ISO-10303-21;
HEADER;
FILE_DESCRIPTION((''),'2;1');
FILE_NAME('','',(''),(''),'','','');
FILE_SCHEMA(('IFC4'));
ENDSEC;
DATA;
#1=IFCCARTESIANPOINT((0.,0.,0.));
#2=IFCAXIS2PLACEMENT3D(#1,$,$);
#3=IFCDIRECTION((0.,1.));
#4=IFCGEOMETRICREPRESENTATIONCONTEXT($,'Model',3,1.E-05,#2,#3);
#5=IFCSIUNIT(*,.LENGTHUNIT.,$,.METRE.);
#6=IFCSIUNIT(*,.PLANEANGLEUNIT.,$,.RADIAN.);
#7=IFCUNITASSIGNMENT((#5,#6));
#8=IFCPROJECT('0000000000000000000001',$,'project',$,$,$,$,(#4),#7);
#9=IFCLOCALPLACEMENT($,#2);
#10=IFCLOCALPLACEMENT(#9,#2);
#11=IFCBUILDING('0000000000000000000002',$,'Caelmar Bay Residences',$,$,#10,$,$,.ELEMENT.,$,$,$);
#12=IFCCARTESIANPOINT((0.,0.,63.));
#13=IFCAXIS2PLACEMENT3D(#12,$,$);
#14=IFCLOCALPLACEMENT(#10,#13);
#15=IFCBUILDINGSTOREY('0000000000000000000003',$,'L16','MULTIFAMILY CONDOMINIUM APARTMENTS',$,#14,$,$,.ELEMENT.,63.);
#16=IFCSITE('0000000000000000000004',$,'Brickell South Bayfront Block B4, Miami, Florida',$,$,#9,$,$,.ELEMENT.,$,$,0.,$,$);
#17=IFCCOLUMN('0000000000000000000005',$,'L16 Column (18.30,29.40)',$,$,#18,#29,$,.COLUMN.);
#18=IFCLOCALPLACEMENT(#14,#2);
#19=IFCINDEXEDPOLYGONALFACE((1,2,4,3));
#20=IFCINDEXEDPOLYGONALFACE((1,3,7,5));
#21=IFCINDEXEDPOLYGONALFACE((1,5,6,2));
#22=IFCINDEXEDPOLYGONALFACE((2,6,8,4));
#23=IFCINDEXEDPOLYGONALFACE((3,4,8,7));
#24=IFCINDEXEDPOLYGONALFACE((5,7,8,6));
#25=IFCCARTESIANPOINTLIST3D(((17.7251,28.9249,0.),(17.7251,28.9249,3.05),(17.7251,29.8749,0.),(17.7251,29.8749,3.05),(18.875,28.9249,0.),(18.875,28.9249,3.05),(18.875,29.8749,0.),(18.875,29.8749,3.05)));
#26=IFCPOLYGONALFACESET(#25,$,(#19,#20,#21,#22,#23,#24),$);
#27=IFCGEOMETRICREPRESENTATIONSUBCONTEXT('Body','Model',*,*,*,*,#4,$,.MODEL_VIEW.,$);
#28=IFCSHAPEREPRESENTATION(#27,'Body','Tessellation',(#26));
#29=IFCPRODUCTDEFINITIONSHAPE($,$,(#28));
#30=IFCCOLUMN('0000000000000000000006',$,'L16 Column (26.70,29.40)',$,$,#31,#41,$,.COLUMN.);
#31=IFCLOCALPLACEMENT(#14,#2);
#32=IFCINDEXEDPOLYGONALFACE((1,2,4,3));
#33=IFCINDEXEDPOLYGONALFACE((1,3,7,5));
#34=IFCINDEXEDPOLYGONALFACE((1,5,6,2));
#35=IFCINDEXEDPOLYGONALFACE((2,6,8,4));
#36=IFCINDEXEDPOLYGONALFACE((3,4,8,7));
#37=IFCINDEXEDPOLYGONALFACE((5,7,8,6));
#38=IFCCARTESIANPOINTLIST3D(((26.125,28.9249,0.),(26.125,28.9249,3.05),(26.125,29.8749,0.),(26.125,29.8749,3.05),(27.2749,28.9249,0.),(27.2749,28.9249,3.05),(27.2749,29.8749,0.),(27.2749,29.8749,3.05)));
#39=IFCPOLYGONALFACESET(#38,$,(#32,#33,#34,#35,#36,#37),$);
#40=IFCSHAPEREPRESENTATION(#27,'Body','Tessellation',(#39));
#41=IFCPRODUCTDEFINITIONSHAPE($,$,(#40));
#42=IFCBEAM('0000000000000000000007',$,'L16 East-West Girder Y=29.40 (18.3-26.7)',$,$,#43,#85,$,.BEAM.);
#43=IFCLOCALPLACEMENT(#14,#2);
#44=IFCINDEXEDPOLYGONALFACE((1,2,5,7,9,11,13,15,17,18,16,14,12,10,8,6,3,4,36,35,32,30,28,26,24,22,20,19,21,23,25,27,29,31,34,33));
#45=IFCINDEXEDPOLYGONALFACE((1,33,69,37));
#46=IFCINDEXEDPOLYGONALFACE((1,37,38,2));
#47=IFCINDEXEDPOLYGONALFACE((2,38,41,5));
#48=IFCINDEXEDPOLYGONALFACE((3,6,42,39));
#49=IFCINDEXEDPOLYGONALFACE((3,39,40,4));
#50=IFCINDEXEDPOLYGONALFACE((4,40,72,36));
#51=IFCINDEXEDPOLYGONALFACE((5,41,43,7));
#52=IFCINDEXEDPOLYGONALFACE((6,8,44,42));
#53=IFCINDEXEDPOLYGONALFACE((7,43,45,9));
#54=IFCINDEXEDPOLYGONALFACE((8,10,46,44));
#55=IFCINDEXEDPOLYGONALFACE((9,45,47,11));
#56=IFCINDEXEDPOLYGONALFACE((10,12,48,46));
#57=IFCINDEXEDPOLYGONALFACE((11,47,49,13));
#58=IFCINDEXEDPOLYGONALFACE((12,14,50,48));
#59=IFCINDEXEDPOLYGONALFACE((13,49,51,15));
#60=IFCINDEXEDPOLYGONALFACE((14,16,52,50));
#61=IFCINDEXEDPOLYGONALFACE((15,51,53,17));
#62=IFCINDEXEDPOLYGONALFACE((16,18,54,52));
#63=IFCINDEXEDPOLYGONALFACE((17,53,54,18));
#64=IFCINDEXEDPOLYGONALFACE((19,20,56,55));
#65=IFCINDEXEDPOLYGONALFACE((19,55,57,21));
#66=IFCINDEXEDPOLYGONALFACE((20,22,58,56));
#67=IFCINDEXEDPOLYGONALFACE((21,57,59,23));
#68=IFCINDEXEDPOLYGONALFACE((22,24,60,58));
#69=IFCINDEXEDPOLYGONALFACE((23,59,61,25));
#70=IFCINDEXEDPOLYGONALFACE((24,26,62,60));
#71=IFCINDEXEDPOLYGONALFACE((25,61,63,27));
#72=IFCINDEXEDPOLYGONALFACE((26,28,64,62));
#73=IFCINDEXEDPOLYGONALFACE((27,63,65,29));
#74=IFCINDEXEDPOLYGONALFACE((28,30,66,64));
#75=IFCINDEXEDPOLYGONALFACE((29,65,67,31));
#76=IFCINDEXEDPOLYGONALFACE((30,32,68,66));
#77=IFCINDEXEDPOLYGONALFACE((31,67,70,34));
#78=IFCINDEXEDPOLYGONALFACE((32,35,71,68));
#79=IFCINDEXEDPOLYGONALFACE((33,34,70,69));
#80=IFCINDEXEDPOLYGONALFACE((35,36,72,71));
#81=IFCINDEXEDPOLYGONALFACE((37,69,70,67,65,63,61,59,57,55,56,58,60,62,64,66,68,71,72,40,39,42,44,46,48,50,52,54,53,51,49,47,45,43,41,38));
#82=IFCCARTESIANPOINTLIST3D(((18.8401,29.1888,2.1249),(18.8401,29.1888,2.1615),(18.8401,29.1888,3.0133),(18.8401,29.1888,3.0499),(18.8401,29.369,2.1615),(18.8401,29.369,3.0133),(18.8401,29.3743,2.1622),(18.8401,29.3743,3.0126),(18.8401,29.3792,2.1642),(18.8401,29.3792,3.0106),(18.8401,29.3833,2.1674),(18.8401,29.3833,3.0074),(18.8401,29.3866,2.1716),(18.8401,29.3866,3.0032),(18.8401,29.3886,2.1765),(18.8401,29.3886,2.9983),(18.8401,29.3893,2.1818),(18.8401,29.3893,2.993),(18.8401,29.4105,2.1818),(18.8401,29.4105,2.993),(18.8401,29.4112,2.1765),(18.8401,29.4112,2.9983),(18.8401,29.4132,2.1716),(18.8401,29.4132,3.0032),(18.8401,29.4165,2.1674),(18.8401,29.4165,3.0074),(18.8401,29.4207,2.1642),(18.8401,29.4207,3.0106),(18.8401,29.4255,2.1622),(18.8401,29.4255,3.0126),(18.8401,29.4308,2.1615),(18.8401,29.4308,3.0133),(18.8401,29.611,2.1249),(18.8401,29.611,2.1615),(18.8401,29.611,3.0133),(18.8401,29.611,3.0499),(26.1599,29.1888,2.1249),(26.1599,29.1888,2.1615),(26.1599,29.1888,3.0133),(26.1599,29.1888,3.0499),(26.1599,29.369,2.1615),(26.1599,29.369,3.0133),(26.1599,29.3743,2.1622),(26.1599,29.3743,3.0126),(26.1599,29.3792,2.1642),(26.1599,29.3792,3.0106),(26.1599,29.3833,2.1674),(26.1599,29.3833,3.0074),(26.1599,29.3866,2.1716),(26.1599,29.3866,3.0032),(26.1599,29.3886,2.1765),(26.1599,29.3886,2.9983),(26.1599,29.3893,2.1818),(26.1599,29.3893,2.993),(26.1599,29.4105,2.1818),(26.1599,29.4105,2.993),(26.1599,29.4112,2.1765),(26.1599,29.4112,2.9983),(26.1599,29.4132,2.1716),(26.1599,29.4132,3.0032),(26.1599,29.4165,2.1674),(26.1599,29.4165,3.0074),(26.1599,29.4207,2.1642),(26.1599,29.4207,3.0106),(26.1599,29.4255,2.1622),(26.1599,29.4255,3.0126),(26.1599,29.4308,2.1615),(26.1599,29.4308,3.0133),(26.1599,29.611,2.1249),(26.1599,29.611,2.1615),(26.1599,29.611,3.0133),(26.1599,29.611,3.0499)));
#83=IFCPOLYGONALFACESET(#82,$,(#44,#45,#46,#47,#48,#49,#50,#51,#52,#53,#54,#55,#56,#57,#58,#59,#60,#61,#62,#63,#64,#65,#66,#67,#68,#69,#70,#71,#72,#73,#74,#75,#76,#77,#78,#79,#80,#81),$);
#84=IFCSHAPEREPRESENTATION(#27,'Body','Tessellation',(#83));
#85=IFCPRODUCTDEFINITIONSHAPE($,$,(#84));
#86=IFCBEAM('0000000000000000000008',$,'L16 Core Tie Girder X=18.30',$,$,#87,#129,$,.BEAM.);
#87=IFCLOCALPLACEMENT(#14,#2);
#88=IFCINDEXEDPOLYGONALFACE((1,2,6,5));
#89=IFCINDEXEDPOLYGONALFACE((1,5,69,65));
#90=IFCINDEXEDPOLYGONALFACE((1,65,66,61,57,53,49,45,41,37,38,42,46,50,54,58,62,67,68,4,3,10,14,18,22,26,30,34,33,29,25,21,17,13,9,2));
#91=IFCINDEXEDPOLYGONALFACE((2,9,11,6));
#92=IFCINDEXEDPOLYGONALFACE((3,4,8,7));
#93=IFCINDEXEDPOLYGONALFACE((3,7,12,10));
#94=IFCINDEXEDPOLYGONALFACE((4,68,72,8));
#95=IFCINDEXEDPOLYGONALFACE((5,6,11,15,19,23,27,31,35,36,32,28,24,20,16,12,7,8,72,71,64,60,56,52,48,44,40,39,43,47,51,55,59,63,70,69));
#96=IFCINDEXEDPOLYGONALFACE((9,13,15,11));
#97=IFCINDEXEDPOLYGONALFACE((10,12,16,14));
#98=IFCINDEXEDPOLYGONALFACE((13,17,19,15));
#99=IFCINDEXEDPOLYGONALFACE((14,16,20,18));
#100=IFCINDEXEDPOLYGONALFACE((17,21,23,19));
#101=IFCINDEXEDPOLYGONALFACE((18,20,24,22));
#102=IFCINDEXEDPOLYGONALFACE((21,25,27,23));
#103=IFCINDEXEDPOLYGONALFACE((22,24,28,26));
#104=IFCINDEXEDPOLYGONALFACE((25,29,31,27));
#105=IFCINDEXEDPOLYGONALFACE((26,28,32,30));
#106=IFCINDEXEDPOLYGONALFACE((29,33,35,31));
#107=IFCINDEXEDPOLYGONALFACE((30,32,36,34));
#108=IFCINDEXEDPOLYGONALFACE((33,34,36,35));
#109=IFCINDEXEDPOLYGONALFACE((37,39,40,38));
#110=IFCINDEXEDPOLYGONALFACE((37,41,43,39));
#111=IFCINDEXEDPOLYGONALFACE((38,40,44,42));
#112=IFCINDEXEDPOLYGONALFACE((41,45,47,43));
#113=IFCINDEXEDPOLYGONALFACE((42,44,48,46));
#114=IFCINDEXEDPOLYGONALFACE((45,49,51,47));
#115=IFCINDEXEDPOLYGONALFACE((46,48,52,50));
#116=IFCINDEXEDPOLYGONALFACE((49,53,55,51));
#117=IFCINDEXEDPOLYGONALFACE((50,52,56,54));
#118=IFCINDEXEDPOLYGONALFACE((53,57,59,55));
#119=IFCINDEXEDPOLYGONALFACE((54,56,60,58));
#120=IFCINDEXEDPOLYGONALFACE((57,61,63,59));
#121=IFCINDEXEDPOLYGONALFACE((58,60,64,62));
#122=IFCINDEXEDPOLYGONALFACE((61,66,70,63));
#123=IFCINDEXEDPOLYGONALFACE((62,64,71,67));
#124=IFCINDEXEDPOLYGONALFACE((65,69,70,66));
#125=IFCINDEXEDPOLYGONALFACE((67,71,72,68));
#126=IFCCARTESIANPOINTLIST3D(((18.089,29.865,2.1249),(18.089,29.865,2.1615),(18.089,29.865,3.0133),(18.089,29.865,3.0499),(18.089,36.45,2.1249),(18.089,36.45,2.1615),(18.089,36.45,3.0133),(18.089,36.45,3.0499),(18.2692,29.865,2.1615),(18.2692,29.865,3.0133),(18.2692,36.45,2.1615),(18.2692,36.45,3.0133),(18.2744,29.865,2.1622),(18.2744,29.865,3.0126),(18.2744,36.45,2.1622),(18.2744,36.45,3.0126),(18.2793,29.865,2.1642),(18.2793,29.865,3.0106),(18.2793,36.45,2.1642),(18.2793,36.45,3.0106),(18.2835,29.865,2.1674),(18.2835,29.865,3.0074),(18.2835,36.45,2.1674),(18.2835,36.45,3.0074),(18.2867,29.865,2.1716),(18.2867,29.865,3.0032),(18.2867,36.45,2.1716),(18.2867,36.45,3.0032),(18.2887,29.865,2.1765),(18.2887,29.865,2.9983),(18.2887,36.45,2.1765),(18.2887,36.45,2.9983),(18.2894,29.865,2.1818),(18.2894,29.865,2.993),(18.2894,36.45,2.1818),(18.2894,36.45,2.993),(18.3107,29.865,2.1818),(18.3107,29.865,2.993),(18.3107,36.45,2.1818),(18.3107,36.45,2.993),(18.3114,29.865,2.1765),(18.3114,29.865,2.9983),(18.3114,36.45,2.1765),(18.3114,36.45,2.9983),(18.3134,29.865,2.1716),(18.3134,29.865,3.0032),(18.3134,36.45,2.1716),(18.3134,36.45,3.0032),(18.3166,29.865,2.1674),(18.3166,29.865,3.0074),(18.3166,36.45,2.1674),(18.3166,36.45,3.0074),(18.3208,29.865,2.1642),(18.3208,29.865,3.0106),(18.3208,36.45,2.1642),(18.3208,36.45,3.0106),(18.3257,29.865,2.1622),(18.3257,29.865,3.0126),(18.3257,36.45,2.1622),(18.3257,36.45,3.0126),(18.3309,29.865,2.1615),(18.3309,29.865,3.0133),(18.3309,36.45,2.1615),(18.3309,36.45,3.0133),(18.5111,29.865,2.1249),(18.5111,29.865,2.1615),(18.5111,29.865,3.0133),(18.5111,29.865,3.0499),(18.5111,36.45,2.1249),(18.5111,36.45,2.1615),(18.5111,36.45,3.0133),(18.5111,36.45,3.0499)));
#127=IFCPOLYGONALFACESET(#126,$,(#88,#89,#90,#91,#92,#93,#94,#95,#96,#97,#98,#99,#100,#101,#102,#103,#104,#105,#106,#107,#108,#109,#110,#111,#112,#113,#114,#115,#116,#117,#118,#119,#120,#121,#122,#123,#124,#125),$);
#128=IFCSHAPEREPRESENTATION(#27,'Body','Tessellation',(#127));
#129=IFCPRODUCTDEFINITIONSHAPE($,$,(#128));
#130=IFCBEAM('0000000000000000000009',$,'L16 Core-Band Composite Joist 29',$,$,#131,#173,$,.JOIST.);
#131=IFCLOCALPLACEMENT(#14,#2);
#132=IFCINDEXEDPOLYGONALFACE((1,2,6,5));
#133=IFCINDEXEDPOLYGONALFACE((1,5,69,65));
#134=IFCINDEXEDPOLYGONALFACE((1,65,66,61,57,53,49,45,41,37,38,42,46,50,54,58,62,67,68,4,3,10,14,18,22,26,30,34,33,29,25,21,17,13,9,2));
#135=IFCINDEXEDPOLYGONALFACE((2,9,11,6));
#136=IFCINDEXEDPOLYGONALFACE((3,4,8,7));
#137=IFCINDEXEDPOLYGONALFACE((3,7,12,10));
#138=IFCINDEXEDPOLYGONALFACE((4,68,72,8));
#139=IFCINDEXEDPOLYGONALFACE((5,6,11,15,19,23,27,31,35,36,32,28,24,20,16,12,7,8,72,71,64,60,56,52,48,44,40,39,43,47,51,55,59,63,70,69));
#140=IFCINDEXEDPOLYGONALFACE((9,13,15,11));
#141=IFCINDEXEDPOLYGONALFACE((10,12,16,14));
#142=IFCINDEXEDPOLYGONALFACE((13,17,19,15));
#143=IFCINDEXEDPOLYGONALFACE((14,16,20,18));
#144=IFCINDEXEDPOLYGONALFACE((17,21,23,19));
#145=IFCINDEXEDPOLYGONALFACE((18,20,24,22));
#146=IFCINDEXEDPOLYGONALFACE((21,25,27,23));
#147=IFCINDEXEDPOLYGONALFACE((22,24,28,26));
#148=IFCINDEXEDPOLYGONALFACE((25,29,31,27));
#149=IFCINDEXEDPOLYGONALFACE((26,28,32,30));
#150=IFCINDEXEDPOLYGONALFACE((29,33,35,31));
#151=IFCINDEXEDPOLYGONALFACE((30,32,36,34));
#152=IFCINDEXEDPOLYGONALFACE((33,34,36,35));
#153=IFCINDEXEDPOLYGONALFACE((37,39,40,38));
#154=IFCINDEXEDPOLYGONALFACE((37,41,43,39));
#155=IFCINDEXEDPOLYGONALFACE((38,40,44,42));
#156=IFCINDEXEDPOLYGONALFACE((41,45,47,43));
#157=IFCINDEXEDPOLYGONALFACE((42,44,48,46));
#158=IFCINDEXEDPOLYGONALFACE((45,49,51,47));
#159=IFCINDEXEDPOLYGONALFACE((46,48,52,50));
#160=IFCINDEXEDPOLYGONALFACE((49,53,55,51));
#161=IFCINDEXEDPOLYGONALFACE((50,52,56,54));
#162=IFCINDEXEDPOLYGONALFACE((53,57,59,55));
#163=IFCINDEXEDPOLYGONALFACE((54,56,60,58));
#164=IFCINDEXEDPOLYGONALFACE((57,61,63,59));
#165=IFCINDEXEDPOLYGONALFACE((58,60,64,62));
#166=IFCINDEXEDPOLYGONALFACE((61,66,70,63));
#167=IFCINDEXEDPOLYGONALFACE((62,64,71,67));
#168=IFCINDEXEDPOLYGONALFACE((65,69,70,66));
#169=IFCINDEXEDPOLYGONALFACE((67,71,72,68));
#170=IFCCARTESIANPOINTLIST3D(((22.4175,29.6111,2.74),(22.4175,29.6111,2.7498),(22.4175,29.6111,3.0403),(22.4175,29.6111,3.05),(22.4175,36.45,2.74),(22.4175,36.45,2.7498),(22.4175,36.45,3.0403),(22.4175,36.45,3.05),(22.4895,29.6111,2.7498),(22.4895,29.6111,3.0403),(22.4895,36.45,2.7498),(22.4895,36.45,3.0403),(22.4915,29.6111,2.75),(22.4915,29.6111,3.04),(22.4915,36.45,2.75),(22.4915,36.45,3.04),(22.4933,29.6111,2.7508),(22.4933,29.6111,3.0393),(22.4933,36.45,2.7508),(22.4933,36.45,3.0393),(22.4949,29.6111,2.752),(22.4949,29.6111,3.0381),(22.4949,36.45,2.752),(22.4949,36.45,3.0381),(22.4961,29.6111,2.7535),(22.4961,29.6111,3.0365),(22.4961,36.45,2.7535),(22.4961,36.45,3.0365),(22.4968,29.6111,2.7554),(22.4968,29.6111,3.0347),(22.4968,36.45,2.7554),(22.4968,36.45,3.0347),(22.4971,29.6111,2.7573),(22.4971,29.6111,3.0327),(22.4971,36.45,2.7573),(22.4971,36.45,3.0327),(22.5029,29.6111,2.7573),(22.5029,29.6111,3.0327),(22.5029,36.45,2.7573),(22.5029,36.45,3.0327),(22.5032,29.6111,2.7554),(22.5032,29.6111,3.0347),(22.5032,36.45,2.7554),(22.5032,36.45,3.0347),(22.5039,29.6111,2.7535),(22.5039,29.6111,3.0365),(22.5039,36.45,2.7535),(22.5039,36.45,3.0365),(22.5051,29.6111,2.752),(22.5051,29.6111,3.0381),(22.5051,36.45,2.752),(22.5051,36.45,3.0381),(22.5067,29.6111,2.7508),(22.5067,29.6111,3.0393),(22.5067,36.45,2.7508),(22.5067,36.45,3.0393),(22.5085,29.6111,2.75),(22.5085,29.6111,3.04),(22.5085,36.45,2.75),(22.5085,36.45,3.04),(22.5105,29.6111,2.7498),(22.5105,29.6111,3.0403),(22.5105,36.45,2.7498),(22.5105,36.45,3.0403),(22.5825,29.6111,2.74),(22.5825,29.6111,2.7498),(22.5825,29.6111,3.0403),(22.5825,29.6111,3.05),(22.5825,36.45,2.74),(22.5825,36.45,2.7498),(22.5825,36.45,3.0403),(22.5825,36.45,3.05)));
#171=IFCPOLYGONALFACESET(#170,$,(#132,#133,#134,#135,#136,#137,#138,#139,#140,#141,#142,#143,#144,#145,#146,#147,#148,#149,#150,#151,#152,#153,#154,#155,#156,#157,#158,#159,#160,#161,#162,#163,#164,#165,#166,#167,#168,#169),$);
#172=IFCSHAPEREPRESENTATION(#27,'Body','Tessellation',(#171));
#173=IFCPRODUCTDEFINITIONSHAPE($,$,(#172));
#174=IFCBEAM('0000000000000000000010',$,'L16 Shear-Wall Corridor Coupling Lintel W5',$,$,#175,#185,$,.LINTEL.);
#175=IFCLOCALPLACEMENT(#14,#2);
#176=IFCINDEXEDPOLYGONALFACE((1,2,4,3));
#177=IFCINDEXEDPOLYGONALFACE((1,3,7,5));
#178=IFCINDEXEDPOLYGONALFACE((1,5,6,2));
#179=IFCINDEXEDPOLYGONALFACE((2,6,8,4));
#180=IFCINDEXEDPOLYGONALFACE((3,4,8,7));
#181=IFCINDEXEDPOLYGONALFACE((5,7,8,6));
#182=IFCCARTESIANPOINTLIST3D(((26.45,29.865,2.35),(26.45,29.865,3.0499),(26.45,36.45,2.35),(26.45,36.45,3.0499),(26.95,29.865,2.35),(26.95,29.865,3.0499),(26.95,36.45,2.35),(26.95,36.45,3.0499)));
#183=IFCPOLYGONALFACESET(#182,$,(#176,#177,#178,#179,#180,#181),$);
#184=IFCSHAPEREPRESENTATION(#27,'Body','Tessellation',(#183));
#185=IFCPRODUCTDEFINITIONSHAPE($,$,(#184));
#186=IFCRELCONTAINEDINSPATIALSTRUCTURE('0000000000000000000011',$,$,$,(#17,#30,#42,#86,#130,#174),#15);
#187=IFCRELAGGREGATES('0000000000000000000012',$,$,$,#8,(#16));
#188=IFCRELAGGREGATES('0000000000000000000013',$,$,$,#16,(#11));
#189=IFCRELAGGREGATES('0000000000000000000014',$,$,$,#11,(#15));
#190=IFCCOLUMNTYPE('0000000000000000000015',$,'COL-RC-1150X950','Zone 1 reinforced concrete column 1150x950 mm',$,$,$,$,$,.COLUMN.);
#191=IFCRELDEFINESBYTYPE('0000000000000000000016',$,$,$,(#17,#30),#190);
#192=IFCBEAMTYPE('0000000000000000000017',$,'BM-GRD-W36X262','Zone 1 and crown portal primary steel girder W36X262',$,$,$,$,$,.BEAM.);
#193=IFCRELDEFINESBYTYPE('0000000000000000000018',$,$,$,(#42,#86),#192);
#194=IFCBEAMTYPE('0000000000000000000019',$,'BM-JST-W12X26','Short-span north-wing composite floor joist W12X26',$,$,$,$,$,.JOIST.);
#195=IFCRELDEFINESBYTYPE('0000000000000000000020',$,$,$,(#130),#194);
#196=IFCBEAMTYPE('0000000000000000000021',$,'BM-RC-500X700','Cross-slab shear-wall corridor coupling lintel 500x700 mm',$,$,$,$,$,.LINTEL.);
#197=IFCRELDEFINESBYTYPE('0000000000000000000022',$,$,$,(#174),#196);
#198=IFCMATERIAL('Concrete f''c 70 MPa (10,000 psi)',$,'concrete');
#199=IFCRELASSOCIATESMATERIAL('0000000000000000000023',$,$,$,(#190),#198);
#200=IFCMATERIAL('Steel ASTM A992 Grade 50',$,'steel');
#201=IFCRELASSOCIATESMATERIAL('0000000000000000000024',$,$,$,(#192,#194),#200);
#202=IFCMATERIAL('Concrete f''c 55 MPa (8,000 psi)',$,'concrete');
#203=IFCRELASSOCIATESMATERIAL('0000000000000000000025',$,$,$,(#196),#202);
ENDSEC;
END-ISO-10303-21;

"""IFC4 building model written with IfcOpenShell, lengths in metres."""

from ifc_helpers import new_model, si_unit, direction, frame, origin, origin_2d, place, context, subcontext, project, spatial, rectangle, i_section, extrude, material, material_profile, profile_set, type_object, element, save


model = new_model("IFC4")

# Units and contexts
model_context = context("Model", 3, precision=1e-05, world=origin(), true_north=direction((0.0, 1.0)))
body_context = subcontext(model_context, "Body", "Model", "MODEL_VIEW")
ifc_project = project(units=[si_unit("LENGTHUNIT", "METRE"), si_unit("PLANEANGLEUNIT", "RADIAN")], contexts=[model_context])

# Site, building, storey
site_placement = place(None, origin())
site = spatial("IfcSite", under=ifc_project, at=site_placement, Name="Brickell South Bayfront Block B4, Miami, Florida", CompositionType="ELEMENT", RefElevation=0.0)
building_placement = place(site_placement, origin())
building = spatial("IfcBuilding", under=site, at=building_placement, Name="Caelmar Bay Residences", CompositionType="ELEMENT")
storey_placement = place(building_placement, frame((0.0, 0.0, 63.0)))
storey = spatial("IfcBuildingStorey", under=building, at=storey_placement, Name="L16", Description="MULTIFAMILY CONDOMINIUM APARTMENTS", CompositionType="ELEMENT", Elevation=63.0)

# Columns
ifc_material_1 = material(Name="Concrete f'c 70 MPa (10,000 psi)", Category="concrete")
ifc_material_profile_1 = material_profile(ifc_material_1, rectangle(XDim=1.1499, YDim=0.95, at=origin_2d()), Name="RC-COL-1150X950")
ifc_profile_set_1 = profile_set([ifc_material_profile_1], Name="Concrete f'c 70 MPa (10,000 psi)")
column_type = type_object("IfcColumnType", Name="COL-RC-1150X950", Description="Zone 1 reinforced concrete column 1150x950 mm", PredefinedType="COLUMN", material=ifc_profile_set_1)
for number, where, z_axis, x_axis, name in (
    (1, (18.3, 29.3999, 0.0), (0.0, 0.0, 1.0), (1.0, 0.0, 0.0), "L16 Column (18.30,29.40)"),
    (2, (26.7, 29.3999, 0.0), (0.0, 0.0, 1.0), (1.0, 0.0, 0.0), "L16 Column (26.70,29.40)"),
):
    element("IfcColumn", number, at=place(storey_placement, frame(where, z_axis=z_axis, x_axis=x_axis)), inside=storey, type_object=column_type, Name=name, PredefinedType="COLUMN", context=body_context, shape_type="SweptSolid", body=[
        extrude(rectangle(XDim=1.1499, YDim=0.95, at=origin_2d()), origin(), (0.0, 0.0, 1.0), 3.05),
    ])

# Beams
ifc_material_2 = material(Name="Steel ASTM A992 Grade 50", Category="steel")
ifc_material_profile_2 = material_profile(ifc_material_2, i_section(OverallWidth=0.4221, OverallDepth=0.925, WebThickness=0.0212, FlangeThickness=0.0366, FilletRadius=0.0203, at=origin_2d()), Name="W36X262")
ifc_profile_set_2 = profile_set([ifc_material_profile_2], Name="Steel ASTM A992 Grade 50")
beam_type_1 = type_object("IfcBeamType", Name="BM-GRD-W36X262", Description="Zone 1 and crown portal primary steel girder W36X262", PredefinedType="BEAM", material=ifc_profile_set_2)
beam_1_placement = place(storey_placement, frame((18.8401, 29.3999, 2.5874), z_axis=(1.0, 0.0, 0.0), x_axis=(0.0, 1.0, 0.0)))
element("IfcBeam", 3, at=beam_1_placement, inside=storey, type_object=beam_type_1, Name="L16 East-West Girder Y=29.40 (18.3-26.7)", PredefinedType="BEAM", context=body_context, shape_type="SweptSolid", body=[
    extrude(i_section(OverallWidth=0.4221, OverallDepth=0.925, WebThickness=0.0212, FlangeThickness=0.0366, FilletRadius=0.0203, at=origin_2d()), origin(), (0.0, 0.0, 1.0), 7.3198),
])
beam_2_placement = place(storey_placement, frame((18.3, 29.865, 2.5874), z_axis=(0.0, 1.0, 0.0), x_axis=(-1.0, 0.0, 0.0)))
element("IfcBeam", 4, at=beam_2_placement, inside=storey, type_object=beam_type_1, Name="L16 Core Tie Girder X=18.30", PredefinedType="BEAM", context=body_context, shape_type="SweptSolid", body=[
    extrude(i_section(OverallWidth=0.4221, OverallDepth=0.925, WebThickness=0.0212, FlangeThickness=0.0366, FilletRadius=0.0203, at=origin_2d()), origin(), (0.0, 0.0, 1.0), 6.585),
])
ifc_material_profile_3 = material_profile(ifc_material_2, i_section(OverallWidth=0.165, OverallDepth=0.3101, WebThickness=0.0059, FlangeThickness=0.0098, FilletRadius=0.0076, at=origin_2d()), Name="W12X26")
ifc_profile_set_3 = profile_set([ifc_material_profile_3], Name="Steel ASTM A992 Grade 50")
beam_type_2 = type_object("IfcBeamType", Name="BM-JST-W12X26", Description="Short-span north-wing composite floor joist W12X26", PredefinedType="JOIST", material=ifc_profile_set_3)
beam_3_placement = place(storey_placement, frame((22.5, 29.6111, 2.895), z_axis=(0.0, 1.0, 0.0), x_axis=(-1.0, 0.0, 0.0)))
element("IfcBeam", 5, at=beam_3_placement, inside=storey, type_object=beam_type_2, Name="L16 Core-Band Composite Joist 29", PredefinedType="JOIST", context=body_context, shape_type="SweptSolid", body=[
    extrude(i_section(OverallWidth=0.165, OverallDepth=0.3101, WebThickness=0.0059, FlangeThickness=0.0098, FilletRadius=0.0076, at=origin_2d()), origin(), (0.0, 0.0, 1.0), 6.8389),
])
ifc_material_3 = material(Name="Concrete f'c 55 MPa (8,000 psi)", Category="concrete")
ifc_material_profile_4 = material_profile(ifc_material_3, rectangle(XDim=0.5, YDim=0.7, at=origin_2d()), Name="RC-BM-500X700")
ifc_profile_set_4 = profile_set([ifc_material_profile_4], Name="Concrete f'c 55 MPa (8,000 psi)")
beam_type_3 = type_object("IfcBeamType", Name="BM-RC-500X700", Description="Cross-slab shear-wall corridor coupling lintel 500x700 mm", PredefinedType="LINTEL", material=ifc_profile_set_4)
beam_4_placement = place(storey_placement, frame((26.7, 29.865, 2.7), z_axis=(0.0, 1.0, 0.0), x_axis=(-1.0, 0.0, 0.0)))
element("IfcBeam", 6, at=beam_4_placement, inside=storey, type_object=beam_type_3, Name="L16 Shear-Wall Corridor Coupling Lintel W5", PredefinedType="LINTEL", context=body_context, shape_type="SweptSolid", body=[
    extrude(rectangle(XDim=0.5, YDim=0.7, at=origin_2d()), origin(), (0.0, 0.0, 1.0), 6.585),
])

save(model, "model.ifc")
